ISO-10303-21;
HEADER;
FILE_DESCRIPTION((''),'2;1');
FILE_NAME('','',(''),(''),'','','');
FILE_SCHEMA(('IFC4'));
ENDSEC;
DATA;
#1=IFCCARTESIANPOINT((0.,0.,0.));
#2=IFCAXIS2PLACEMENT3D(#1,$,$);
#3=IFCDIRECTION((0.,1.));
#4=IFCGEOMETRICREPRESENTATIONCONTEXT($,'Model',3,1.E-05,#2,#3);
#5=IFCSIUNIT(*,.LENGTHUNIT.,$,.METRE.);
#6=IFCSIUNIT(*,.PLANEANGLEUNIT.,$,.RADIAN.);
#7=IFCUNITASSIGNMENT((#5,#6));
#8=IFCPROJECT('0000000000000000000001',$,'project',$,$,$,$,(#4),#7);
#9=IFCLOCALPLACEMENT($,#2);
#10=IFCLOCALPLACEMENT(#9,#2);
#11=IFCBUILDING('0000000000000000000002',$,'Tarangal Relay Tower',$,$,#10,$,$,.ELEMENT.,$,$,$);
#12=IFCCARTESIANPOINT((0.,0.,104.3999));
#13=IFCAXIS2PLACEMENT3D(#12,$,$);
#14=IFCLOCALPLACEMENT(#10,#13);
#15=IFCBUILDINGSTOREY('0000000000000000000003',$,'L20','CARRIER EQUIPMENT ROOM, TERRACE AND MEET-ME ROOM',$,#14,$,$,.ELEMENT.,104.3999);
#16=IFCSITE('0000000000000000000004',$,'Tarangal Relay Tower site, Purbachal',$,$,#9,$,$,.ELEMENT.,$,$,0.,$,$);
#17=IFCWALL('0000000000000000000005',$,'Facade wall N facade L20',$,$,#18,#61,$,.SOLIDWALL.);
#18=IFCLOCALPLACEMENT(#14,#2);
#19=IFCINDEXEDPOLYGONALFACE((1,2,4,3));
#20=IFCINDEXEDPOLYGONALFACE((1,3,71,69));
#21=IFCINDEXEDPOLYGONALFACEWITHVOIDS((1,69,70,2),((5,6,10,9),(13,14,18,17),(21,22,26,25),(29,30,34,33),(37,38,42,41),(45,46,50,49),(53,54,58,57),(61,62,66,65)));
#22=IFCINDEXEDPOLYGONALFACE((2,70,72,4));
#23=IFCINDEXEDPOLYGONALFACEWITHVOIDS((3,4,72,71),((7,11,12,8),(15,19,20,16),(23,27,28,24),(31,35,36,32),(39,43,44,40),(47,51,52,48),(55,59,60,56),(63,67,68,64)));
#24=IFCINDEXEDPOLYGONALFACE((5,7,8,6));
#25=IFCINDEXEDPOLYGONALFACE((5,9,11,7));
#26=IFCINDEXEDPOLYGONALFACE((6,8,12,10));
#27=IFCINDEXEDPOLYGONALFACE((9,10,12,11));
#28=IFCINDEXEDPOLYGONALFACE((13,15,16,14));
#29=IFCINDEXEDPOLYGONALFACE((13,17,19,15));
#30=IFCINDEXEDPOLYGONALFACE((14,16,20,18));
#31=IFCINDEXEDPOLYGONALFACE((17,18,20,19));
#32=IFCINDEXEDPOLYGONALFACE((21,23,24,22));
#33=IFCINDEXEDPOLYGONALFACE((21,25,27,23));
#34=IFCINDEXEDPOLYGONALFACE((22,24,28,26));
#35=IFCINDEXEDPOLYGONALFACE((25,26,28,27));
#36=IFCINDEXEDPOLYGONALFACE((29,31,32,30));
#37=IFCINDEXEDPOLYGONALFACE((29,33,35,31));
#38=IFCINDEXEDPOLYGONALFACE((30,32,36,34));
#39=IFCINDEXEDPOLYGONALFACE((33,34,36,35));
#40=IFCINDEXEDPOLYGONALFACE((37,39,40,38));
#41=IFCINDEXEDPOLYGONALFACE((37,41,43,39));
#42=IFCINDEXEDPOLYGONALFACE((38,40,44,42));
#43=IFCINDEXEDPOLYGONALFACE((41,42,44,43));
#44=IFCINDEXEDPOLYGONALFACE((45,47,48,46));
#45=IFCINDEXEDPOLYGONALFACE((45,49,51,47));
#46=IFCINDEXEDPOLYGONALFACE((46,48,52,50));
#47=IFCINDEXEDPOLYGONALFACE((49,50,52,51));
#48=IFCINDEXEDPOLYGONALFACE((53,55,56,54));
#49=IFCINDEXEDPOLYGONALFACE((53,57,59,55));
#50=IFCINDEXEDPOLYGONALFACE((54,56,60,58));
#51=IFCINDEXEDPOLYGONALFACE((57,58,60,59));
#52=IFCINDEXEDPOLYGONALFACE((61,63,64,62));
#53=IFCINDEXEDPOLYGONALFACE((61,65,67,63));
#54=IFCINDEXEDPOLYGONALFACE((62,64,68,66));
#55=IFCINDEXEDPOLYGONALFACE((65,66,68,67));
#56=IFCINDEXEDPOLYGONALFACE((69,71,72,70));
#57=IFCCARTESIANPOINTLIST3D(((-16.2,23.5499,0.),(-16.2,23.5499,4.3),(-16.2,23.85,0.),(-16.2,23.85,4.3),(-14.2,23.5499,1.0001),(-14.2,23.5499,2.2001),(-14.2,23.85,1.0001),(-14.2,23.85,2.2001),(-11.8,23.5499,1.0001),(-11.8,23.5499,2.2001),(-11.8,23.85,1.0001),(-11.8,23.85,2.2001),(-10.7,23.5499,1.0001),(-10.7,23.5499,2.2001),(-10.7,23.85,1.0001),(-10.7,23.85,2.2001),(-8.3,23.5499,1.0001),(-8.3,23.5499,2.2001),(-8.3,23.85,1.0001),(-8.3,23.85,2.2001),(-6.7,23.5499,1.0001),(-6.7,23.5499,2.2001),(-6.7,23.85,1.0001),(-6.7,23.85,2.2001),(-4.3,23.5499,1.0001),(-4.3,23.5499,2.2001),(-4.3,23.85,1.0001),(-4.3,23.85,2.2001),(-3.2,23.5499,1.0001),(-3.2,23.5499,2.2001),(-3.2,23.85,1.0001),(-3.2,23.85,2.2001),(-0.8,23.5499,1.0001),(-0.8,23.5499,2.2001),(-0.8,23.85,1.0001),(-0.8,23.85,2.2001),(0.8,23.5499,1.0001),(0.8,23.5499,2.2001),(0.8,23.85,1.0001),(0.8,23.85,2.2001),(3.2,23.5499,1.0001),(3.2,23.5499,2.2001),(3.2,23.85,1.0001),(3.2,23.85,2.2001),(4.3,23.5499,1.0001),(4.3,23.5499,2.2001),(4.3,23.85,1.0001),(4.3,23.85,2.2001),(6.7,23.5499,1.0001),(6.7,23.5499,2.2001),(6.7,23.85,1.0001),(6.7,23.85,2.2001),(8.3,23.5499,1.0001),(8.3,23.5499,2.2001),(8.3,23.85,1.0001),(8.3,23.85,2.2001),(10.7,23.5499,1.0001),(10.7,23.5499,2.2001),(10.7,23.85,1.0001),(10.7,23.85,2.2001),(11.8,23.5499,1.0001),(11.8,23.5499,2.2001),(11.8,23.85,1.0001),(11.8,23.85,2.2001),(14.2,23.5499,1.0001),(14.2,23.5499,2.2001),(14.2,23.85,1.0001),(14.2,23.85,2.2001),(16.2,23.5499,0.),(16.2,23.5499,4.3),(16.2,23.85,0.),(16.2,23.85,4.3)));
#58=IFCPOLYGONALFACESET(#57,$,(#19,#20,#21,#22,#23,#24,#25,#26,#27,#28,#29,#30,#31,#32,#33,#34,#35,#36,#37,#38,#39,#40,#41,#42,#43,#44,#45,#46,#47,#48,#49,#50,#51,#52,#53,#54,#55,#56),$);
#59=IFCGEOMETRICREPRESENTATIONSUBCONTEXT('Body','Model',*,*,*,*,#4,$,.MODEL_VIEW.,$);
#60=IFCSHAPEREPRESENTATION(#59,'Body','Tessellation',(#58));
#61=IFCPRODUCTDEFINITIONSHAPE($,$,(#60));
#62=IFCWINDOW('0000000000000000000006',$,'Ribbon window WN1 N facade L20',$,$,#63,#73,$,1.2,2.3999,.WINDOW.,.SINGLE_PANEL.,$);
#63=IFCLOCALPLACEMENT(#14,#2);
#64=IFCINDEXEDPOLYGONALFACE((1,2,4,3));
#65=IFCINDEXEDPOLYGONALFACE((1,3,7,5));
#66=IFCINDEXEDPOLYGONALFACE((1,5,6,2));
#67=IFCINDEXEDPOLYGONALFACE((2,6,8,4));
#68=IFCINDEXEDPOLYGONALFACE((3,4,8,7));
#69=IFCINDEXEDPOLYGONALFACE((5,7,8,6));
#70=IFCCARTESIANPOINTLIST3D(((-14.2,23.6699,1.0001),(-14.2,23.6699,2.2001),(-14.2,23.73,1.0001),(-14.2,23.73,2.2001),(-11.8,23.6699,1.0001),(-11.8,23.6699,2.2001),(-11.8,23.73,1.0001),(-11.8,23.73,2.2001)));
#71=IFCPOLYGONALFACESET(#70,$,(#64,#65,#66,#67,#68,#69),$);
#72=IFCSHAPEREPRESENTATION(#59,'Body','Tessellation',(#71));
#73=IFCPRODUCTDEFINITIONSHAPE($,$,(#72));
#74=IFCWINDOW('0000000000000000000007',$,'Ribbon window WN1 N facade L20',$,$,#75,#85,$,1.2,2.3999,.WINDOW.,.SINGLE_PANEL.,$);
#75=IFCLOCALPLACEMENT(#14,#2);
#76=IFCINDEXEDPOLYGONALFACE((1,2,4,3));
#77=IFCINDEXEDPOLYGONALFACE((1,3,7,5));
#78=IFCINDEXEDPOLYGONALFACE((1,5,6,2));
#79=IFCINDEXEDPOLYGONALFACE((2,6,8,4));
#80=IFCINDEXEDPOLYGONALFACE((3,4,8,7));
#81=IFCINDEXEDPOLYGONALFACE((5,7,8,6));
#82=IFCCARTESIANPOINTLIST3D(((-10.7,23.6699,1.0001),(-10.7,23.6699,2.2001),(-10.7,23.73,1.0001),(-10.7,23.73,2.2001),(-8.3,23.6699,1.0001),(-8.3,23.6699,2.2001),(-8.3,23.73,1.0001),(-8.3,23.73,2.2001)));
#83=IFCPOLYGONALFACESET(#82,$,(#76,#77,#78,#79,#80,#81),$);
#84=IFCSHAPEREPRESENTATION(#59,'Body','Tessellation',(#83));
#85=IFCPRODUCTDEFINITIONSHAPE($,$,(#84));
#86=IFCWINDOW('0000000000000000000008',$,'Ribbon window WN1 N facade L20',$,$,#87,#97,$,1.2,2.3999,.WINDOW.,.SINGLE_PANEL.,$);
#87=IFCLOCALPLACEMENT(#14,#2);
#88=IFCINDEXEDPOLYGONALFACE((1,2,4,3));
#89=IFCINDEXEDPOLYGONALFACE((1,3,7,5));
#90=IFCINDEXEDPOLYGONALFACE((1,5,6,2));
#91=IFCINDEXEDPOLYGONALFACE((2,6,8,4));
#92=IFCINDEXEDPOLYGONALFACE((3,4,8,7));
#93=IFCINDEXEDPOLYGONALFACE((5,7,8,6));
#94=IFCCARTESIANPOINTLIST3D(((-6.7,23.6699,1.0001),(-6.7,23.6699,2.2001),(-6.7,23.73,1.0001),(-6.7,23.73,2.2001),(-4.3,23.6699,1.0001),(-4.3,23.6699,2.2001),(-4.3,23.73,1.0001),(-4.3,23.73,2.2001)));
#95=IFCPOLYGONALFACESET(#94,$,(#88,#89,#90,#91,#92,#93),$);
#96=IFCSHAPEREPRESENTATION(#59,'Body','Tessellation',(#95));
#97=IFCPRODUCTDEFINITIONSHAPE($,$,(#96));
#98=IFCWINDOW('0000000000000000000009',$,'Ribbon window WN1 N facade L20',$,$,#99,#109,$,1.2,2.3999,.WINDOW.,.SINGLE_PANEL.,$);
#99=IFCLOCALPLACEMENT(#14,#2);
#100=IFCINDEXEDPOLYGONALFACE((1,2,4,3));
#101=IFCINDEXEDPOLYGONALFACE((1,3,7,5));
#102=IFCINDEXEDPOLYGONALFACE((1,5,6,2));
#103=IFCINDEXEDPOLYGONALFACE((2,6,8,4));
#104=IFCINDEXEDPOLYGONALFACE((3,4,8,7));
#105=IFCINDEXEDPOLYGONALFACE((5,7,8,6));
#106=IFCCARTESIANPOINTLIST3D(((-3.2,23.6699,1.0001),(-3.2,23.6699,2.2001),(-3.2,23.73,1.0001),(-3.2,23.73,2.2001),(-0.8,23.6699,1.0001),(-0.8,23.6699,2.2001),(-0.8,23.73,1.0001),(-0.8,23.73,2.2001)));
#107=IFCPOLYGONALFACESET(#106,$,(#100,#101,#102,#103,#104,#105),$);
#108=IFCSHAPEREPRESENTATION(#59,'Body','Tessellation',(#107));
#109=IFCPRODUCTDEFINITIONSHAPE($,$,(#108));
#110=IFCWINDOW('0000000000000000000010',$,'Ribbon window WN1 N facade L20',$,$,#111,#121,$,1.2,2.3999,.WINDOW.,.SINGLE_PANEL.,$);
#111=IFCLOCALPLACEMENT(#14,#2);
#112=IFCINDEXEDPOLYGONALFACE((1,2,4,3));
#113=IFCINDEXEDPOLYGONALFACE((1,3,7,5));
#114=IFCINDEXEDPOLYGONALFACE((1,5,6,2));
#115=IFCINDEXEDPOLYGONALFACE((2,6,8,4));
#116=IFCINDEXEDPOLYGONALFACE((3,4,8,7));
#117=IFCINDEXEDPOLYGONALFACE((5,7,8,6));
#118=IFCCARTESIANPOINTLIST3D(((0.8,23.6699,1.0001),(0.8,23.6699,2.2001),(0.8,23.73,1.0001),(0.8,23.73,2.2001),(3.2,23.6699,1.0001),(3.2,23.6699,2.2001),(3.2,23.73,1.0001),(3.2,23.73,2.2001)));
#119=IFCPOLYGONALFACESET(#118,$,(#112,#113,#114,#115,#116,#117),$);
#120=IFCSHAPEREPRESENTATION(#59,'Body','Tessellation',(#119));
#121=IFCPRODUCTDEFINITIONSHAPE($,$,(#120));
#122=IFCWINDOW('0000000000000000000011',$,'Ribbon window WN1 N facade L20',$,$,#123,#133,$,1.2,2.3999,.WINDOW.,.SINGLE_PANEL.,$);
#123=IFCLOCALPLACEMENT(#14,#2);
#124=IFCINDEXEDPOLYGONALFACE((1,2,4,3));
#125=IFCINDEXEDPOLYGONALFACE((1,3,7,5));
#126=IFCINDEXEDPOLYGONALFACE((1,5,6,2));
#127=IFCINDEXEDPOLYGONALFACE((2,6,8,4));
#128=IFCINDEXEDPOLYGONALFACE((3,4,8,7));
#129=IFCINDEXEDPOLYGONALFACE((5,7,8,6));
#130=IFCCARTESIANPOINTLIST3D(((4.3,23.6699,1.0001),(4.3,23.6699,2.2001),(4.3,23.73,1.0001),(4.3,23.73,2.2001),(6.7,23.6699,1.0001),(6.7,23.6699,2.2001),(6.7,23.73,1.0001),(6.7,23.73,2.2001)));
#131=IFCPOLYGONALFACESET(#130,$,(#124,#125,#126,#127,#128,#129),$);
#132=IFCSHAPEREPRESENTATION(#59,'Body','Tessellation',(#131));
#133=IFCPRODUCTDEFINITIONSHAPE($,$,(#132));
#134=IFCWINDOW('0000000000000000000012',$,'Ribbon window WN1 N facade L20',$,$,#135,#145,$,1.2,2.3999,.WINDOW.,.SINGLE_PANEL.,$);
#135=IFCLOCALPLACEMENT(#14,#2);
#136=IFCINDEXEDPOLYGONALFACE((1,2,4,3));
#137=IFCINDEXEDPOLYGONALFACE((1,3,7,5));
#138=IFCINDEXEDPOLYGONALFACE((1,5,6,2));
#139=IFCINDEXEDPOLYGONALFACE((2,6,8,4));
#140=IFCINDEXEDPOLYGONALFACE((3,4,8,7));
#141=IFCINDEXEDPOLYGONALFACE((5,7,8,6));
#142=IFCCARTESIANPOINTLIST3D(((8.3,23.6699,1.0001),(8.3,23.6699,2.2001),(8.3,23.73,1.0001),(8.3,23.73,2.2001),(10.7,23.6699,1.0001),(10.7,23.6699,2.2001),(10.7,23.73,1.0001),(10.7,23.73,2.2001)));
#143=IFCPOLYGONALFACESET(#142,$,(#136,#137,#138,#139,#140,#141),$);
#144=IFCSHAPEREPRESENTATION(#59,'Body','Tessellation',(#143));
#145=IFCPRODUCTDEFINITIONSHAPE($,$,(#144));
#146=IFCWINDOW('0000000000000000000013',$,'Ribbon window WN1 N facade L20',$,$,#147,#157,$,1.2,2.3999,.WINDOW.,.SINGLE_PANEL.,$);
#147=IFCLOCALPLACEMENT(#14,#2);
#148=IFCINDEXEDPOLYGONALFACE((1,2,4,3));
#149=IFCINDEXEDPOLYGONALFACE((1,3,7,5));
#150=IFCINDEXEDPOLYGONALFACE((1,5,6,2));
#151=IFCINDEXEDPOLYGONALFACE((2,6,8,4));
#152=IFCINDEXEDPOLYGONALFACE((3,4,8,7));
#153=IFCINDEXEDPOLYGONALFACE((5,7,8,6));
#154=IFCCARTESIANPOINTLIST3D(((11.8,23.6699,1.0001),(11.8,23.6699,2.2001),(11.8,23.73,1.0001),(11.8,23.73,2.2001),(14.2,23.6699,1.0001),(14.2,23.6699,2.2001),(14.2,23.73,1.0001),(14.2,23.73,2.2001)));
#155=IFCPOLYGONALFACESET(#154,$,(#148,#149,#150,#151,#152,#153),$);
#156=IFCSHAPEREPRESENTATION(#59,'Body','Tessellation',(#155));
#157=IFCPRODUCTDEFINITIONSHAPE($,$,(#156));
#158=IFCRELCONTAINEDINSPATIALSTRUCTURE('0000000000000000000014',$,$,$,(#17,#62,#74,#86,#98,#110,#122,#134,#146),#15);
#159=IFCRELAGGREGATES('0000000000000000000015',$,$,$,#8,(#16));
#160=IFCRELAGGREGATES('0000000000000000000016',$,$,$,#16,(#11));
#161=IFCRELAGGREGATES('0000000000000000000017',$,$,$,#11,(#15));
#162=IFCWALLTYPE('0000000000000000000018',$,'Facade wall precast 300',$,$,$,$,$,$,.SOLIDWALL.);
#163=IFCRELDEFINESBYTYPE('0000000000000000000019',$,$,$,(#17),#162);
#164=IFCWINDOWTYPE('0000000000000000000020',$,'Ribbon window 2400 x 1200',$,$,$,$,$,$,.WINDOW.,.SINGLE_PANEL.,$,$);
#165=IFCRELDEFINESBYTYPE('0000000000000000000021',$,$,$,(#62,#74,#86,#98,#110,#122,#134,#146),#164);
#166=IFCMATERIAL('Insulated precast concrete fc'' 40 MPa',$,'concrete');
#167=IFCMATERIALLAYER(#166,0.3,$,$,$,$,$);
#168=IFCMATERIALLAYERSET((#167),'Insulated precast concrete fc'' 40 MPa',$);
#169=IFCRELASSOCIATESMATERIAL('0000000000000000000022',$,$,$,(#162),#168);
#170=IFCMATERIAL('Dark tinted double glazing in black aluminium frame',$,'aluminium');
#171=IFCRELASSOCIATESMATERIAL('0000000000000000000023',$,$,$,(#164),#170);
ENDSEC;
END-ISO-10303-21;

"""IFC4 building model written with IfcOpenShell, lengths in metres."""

from ifc_helpers import new_model, si_unit, direction, frame, frame_2d, origin, place, context, subcontext, project, spatial, rectangle, extrude, material, layer, layer_set, type_object, element, fill, save


model = new_model("IFC4")

# Units and contexts
model_context = context("Model", 3, precision=1e-05, world=origin(), true_north=direction((0.0, 1.0)))
body_context = subcontext(model_context, "Body", "Model", "MODEL_VIEW")
ifc_project = project(units=[si_unit("LENGTHUNIT", "METRE"), si_unit("PLANEANGLEUNIT", "RADIAN")], contexts=[model_context])

# Site, building, storey
site_placement = place(None, origin())
site = spatial("IfcSite", under=ifc_project, at=site_placement, Name="Tarangal Relay Tower site, Purbachal", CompositionType="ELEMENT", RefElevation=0.0)
building_placement = place(site_placement, origin())
building = spatial("IfcBuilding", under=site, at=building_placement, Name="Tarangal Relay Tower", CompositionType="ELEMENT")
storey_placement = place(building_placement, frame((0.0, 0.0, 104.3999)))
storey = spatial("IfcBuildingStorey", under=building, at=storey_placement, Name="L20", Description="CARRIER EQUIPMENT ROOM, TERRACE AND MEET-ME ROOM", CompositionType="ELEMENT", Elevation=104.3999)

# Wall, openings, windows
ifc_material_1 = material(Name="Insulated precast concrete fc' 40 MPa", Category="concrete")
ifc_layer = layer(ifc_material_1, 0.3)
ifc_layer_set = layer_set([ifc_layer], Name="Insulated precast concrete fc' 40 MPa")
wall_type = type_object("IfcWallType", Name="Facade wall precast 300", PredefinedType="SOLIDWALL", material=ifc_layer_set)
wall_1_placement = place(storey_placement, frame((-16.2, 23.7, 0.0), z_axis=(0.0, 0.0, 1.0), x_axis=(1.0, 0.0, 0.0)))
wall_1 = element("IfcWall", 1, at=wall_1_placement, inside=storey, type_object=wall_type, Name="Facade wall N facade L20", PredefinedType="SOLIDWALL", context=body_context, shape_type="SweptSolid", body=[
    extrude(rectangle(XDim=32.3999, YDim=0.3, at=frame_2d((16.2, 0.0))), origin(), (0.0, 0.0, 1.0), 4.3),
])
opening_1_placement = place(wall_1_placement, frame((2.0, 0.0, 1.0)))
opening_1 = element("IfcOpeningElement", 2, at=opening_1_placement, cuts=wall_1, PredefinedType="OPENING", context=body_context, shape_type="SweptSolid", body=[
    extrude(rectangle(XDim=2.3999, YDim=1.2, at=frame_2d((1.2, 0.6001))), frame((0.0, 0.1599, 0.0), z_axis=(0.0, -1.0, 0.0), x_axis=(1.0, 0.0, 0.0)), (0.0, 0.0, 1.0), 0.3201),
])
opening_2_placement = place(wall_1_placement, frame((5.5, 0.0, 1.0)))
opening_2 = element("IfcOpeningElement", 3, at=opening_2_placement, cuts=wall_1, PredefinedType="OPENING", context=body_context, shape_type="SweptSolid", body=[
    extrude(rectangle(XDim=2.3999, YDim=1.2, at=frame_2d((1.2, 0.6001))), frame((0.0, 0.1599, 0.0), z_axis=(0.0, -1.0, 0.0), x_axis=(1.0, 0.0, 0.0)), (0.0, 0.0, 1.0), 0.3201),
])
opening_3_placement = place(wall_1_placement, frame((9.5, 0.0, 1.0)))
opening_3 = element("IfcOpeningElement", 4, at=opening_3_placement, cuts=wall_1, PredefinedType="OPENING", context=body_context, shape_type="SweptSolid", body=[
    extrude(rectangle(XDim=2.3999, YDim=1.2, at=frame_2d((1.2, 0.6001))), frame((0.0, 0.1599, 0.0), z_axis=(0.0, -1.0, 0.0), x_axis=(1.0, 0.0, 0.0)), (0.0, 0.0, 1.0), 0.3201),
])
opening_4_placement = place(wall_1_placement, frame((13.0, 0.0, 1.0)))
opening_4 = element("IfcOpeningElement", 5, at=opening_4_placement, cuts=wall_1, PredefinedType="OPENING", context=body_context, shape_type="SweptSolid", body=[
    extrude(rectangle(XDim=2.3999, YDim=1.2, at=frame_2d((1.2, 0.6001))), frame((0.0, 0.1599, 0.0), z_axis=(0.0, -1.0, 0.0), x_axis=(1.0, 0.0, 0.0)), (0.0, 0.0, 1.0), 0.3201),
])
opening_5_placement = place(wall_1_placement, frame((17.0, 0.0, 1.0)))
opening_5 = element("IfcOpeningElement", 6, at=opening_5_placement, cuts=wall_1, PredefinedType="OPENING", context=body_context, shape_type="SweptSolid", body=[
    extrude(rectangle(XDim=2.3999, YDim=1.2, at=frame_2d((1.2, 0.6001))), frame((0.0, 0.1599, 0.0), z_axis=(0.0, -1.0, 0.0), x_axis=(1.0, 0.0, 0.0)), (0.0, 0.0, 1.0), 0.3201),
])
opening_6_placement = place(wall_1_placement, frame((20.5, 0.0, 1.0)))
opening_6 = element("IfcOpeningElement", 7, at=opening_6_placement, cuts=wall_1, PredefinedType="OPENING", context=body_context, shape_type="SweptSolid", body=[
    extrude(rectangle(XDim=2.3999, YDim=1.2, at=frame_2d((1.2, 0.6001))), frame((0.0, 0.1599, 0.0), z_axis=(0.0, -1.0, 0.0), x_axis=(1.0, 0.0, 0.0)), (0.0, 0.0, 1.0), 0.3201),
])
opening_7_placement = place(wall_1_placement, frame((24.5, 0.0, 1.0)))
opening_7 = element("IfcOpeningElement", 8, at=opening_7_placement, cuts=wall_1, PredefinedType="OPENING", context=body_context, shape_type="SweptSolid", body=[
    extrude(rectangle(XDim=2.3999, YDim=1.2, at=frame_2d((1.2, 0.6001))), frame((0.0, 0.1599, 0.0), z_axis=(0.0, -1.0, 0.0), x_axis=(1.0, 0.0, 0.0)), (0.0, 0.0, 1.0), 0.3201),
])
opening_8_placement = place(wall_1_placement, frame((28.0, 0.0, 1.0)))
opening_8 = element("IfcOpeningElement", 9, at=opening_8_placement, cuts=wall_1, PredefinedType="OPENING", context=body_context, shape_type="SweptSolid", body=[
    extrude(rectangle(XDim=2.3999, YDim=1.2, at=frame_2d((1.2, 0.6001))), frame((0.0, 0.1599, 0.0), z_axis=(0.0, -1.0, 0.0), x_axis=(1.0, 0.0, 0.0)), (0.0, 0.0, 1.0), 0.3201),
])
ifc_material_2 = material(Name="Dark tinted double glazing in black aluminium frame", Category="aluminium")
window_type = type_object("IfcWindowType", Name="Ribbon window 2400 x 1200", PartitioningType="SINGLE_PANEL", PredefinedType="WINDOW", material=ifc_material_2)
window_1_placement = place(opening_1_placement, origin())
window_1 = element("IfcWindow", 10, at=window_1_placement, inside=storey, type_object=window_type, Name="Ribbon window WN1 N facade L20", OverallHeight=1.2, OverallWidth=2.3999, PartitioningType="SINGLE_PANEL", PredefinedType="WINDOW", context=body_context, shape_type="SweptSolid", body=[
    extrude(rectangle(XDim=2.3999, YDim=1.2, at=frame_2d((1.2, 0.6001))), frame((0.0, 0.03, 0.0), z_axis=(0.0, -1.0, 0.0), x_axis=(1.0, 0.0, 0.0)), (0.0, 0.0, 1.0), 0.0601),
])
fill(opening_1, window_1)
window_2_placement = place(opening_2_placement, origin())
window_2 = element("IfcWindow", 11, at=window_2_placement, inside=storey, type_object=window_type, Name="Ribbon window WN1 N facade L20", OverallHeight=1.2, OverallWidth=2.3999, PartitioningType="SINGLE_PANEL", PredefinedType="WINDOW", context=body_context, shape_type="SweptSolid", body=[
    extrude(rectangle(XDim=2.3999, YDim=1.2, at=frame_2d((1.2, 0.6001))), frame((0.0, 0.03, 0.0), z_axis=(0.0, -1.0, 0.0), x_axis=(1.0, 0.0, 0.0)), (0.0, 0.0, 1.0), 0.0601),
])
fill(opening_2, window_2)
window_3_placement = place(opening_3_placement, origin())
window_3 = element("IfcWindow", 12, at=window_3_placement, inside=storey, type_object=window_type, Name="Ribbon window WN1 N facade L20", OverallHeight=1.2, OverallWidth=2.3999, PartitioningType="SINGLE_PANEL", PredefinedType="WINDOW", context=body_context, shape_type="SweptSolid", body=[
    extrude(rectangle(XDim=2.3999, YDim=1.2, at=frame_2d((1.2, 0.6001))), frame((0.0, 0.03, 0.0), z_axis=(0.0, -1.0, 0.0), x_axis=(1.0, 0.0, 0.0)), (0.0, 0.0, 1.0), 0.0601),
])
fill(opening_3, window_3)
window_4_placement = place(opening_4_placement, origin())
window_4 = element("IfcWindow", 13, at=window_4_placement, inside=storey, type_object=window_type, Name="Ribbon window WN1 N facade L20", OverallHeight=1.2, OverallWidth=2.3999, PartitioningType="SINGLE_PANEL", PredefinedType="WINDOW", context=body_context, shape_type="SweptSolid", body=[
    extrude(rectangle(XDim=2.3999, YDim=1.2, at=frame_2d((1.2, 0.6001))), frame((0.0, 0.03, 0.0), z_axis=(0.0, -1.0, 0.0), x_axis=(1.0, 0.0, 0.0)), (0.0, 0.0, 1.0), 0.0601),
])
fill(opening_4, window_4)
window_5_placement = place(opening_5_placement, origin())
window_5 = element("IfcWindow", 14, at=window_5_placement, inside=storey, type_object=window_type, Name="Ribbon window WN1 N facade L20", OverallHeight=1.2, OverallWidth=2.3999, PartitioningType="SINGLE_PANEL", PredefinedType="WINDOW", context=body_context, shape_type="SweptSolid", body=[
    extrude(rectangle(XDim=2.3999, YDim=1.2, at=frame_2d((1.2, 0.6001))), frame((0.0, 0.03, 0.0), z_axis=(0.0, -1.0, 0.0), x_axis=(1.0, 0.0, 0.0)), (0.0, 0.0, 1.0), 0.0601),
])
fill(opening_5, window_5)
window_6_placement = place(opening_6_placement, origin())
window_6 = element("IfcWindow", 15, at=window_6_placement, inside=storey, type_object=window_type, Name="Ribbon window WN1 N facade L20", OverallHeight=1.2, OverallWidth=2.3999, PartitioningType="SINGLE_PANEL", PredefinedType="WINDOW", context=body_context, shape_type="SweptSolid", body=[
    extrude(rectangle(XDim=2.3999, YDim=1.2, at=frame_2d((1.2, 0.6001))), frame((0.0, 0.03, 0.0), z_axis=(0.0, -1.0, 0.0), x_axis=(1.0, 0.0, 0.0)), (0.0, 0.0, 1.0), 0.0601),
])
fill(opening_6, window_6)
window_7_placement = place(opening_7_placement, origin())
window_7 = element("IfcWindow", 16, at=window_7_placement, inside=storey, type_object=window_type, Name="Ribbon window WN1 N facade L20", OverallHeight=1.2, OverallWidth=2.3999, PartitioningType="SINGLE_PANEL", PredefinedType="WINDOW", context=body_context, shape_type="SweptSolid", body=[
    extrude(rectangle(XDim=2.3999, YDim=1.2, at=frame_2d((1.2, 0.6001))), frame((0.0, 0.03, 0.0), z_axis=(0.0, -1.0, 0.0), x_axis=(1.0, 0.0, 0.0)), (0.0, 0.0, 1.0), 0.0601),
])
fill(opening_7, window_7)
window_8_placement = place(opening_8_placement, origin())
window_8 = element("IfcWindow", 17, at=window_8_placement, inside=storey, type_object=window_type, Name="Ribbon window WN1 N facade L20", OverallHeight=1.2, OverallWidth=2.3999, PartitioningType="SINGLE_PANEL", PredefinedType="WINDOW", context=body_context, shape_type="SweptSolid", body=[
    extrude(rectangle(XDim=2.3999, YDim=1.2, at=frame_2d((1.2, 0.6001))), frame((0.0, 0.03, 0.0), z_axis=(0.0, -1.0, 0.0), x_axis=(1.0, 0.0, 0.0)), (0.0, 0.0, 1.0), 0.0601),
])
fill(opening_8, window_8)

save(model, "model.ifc")
